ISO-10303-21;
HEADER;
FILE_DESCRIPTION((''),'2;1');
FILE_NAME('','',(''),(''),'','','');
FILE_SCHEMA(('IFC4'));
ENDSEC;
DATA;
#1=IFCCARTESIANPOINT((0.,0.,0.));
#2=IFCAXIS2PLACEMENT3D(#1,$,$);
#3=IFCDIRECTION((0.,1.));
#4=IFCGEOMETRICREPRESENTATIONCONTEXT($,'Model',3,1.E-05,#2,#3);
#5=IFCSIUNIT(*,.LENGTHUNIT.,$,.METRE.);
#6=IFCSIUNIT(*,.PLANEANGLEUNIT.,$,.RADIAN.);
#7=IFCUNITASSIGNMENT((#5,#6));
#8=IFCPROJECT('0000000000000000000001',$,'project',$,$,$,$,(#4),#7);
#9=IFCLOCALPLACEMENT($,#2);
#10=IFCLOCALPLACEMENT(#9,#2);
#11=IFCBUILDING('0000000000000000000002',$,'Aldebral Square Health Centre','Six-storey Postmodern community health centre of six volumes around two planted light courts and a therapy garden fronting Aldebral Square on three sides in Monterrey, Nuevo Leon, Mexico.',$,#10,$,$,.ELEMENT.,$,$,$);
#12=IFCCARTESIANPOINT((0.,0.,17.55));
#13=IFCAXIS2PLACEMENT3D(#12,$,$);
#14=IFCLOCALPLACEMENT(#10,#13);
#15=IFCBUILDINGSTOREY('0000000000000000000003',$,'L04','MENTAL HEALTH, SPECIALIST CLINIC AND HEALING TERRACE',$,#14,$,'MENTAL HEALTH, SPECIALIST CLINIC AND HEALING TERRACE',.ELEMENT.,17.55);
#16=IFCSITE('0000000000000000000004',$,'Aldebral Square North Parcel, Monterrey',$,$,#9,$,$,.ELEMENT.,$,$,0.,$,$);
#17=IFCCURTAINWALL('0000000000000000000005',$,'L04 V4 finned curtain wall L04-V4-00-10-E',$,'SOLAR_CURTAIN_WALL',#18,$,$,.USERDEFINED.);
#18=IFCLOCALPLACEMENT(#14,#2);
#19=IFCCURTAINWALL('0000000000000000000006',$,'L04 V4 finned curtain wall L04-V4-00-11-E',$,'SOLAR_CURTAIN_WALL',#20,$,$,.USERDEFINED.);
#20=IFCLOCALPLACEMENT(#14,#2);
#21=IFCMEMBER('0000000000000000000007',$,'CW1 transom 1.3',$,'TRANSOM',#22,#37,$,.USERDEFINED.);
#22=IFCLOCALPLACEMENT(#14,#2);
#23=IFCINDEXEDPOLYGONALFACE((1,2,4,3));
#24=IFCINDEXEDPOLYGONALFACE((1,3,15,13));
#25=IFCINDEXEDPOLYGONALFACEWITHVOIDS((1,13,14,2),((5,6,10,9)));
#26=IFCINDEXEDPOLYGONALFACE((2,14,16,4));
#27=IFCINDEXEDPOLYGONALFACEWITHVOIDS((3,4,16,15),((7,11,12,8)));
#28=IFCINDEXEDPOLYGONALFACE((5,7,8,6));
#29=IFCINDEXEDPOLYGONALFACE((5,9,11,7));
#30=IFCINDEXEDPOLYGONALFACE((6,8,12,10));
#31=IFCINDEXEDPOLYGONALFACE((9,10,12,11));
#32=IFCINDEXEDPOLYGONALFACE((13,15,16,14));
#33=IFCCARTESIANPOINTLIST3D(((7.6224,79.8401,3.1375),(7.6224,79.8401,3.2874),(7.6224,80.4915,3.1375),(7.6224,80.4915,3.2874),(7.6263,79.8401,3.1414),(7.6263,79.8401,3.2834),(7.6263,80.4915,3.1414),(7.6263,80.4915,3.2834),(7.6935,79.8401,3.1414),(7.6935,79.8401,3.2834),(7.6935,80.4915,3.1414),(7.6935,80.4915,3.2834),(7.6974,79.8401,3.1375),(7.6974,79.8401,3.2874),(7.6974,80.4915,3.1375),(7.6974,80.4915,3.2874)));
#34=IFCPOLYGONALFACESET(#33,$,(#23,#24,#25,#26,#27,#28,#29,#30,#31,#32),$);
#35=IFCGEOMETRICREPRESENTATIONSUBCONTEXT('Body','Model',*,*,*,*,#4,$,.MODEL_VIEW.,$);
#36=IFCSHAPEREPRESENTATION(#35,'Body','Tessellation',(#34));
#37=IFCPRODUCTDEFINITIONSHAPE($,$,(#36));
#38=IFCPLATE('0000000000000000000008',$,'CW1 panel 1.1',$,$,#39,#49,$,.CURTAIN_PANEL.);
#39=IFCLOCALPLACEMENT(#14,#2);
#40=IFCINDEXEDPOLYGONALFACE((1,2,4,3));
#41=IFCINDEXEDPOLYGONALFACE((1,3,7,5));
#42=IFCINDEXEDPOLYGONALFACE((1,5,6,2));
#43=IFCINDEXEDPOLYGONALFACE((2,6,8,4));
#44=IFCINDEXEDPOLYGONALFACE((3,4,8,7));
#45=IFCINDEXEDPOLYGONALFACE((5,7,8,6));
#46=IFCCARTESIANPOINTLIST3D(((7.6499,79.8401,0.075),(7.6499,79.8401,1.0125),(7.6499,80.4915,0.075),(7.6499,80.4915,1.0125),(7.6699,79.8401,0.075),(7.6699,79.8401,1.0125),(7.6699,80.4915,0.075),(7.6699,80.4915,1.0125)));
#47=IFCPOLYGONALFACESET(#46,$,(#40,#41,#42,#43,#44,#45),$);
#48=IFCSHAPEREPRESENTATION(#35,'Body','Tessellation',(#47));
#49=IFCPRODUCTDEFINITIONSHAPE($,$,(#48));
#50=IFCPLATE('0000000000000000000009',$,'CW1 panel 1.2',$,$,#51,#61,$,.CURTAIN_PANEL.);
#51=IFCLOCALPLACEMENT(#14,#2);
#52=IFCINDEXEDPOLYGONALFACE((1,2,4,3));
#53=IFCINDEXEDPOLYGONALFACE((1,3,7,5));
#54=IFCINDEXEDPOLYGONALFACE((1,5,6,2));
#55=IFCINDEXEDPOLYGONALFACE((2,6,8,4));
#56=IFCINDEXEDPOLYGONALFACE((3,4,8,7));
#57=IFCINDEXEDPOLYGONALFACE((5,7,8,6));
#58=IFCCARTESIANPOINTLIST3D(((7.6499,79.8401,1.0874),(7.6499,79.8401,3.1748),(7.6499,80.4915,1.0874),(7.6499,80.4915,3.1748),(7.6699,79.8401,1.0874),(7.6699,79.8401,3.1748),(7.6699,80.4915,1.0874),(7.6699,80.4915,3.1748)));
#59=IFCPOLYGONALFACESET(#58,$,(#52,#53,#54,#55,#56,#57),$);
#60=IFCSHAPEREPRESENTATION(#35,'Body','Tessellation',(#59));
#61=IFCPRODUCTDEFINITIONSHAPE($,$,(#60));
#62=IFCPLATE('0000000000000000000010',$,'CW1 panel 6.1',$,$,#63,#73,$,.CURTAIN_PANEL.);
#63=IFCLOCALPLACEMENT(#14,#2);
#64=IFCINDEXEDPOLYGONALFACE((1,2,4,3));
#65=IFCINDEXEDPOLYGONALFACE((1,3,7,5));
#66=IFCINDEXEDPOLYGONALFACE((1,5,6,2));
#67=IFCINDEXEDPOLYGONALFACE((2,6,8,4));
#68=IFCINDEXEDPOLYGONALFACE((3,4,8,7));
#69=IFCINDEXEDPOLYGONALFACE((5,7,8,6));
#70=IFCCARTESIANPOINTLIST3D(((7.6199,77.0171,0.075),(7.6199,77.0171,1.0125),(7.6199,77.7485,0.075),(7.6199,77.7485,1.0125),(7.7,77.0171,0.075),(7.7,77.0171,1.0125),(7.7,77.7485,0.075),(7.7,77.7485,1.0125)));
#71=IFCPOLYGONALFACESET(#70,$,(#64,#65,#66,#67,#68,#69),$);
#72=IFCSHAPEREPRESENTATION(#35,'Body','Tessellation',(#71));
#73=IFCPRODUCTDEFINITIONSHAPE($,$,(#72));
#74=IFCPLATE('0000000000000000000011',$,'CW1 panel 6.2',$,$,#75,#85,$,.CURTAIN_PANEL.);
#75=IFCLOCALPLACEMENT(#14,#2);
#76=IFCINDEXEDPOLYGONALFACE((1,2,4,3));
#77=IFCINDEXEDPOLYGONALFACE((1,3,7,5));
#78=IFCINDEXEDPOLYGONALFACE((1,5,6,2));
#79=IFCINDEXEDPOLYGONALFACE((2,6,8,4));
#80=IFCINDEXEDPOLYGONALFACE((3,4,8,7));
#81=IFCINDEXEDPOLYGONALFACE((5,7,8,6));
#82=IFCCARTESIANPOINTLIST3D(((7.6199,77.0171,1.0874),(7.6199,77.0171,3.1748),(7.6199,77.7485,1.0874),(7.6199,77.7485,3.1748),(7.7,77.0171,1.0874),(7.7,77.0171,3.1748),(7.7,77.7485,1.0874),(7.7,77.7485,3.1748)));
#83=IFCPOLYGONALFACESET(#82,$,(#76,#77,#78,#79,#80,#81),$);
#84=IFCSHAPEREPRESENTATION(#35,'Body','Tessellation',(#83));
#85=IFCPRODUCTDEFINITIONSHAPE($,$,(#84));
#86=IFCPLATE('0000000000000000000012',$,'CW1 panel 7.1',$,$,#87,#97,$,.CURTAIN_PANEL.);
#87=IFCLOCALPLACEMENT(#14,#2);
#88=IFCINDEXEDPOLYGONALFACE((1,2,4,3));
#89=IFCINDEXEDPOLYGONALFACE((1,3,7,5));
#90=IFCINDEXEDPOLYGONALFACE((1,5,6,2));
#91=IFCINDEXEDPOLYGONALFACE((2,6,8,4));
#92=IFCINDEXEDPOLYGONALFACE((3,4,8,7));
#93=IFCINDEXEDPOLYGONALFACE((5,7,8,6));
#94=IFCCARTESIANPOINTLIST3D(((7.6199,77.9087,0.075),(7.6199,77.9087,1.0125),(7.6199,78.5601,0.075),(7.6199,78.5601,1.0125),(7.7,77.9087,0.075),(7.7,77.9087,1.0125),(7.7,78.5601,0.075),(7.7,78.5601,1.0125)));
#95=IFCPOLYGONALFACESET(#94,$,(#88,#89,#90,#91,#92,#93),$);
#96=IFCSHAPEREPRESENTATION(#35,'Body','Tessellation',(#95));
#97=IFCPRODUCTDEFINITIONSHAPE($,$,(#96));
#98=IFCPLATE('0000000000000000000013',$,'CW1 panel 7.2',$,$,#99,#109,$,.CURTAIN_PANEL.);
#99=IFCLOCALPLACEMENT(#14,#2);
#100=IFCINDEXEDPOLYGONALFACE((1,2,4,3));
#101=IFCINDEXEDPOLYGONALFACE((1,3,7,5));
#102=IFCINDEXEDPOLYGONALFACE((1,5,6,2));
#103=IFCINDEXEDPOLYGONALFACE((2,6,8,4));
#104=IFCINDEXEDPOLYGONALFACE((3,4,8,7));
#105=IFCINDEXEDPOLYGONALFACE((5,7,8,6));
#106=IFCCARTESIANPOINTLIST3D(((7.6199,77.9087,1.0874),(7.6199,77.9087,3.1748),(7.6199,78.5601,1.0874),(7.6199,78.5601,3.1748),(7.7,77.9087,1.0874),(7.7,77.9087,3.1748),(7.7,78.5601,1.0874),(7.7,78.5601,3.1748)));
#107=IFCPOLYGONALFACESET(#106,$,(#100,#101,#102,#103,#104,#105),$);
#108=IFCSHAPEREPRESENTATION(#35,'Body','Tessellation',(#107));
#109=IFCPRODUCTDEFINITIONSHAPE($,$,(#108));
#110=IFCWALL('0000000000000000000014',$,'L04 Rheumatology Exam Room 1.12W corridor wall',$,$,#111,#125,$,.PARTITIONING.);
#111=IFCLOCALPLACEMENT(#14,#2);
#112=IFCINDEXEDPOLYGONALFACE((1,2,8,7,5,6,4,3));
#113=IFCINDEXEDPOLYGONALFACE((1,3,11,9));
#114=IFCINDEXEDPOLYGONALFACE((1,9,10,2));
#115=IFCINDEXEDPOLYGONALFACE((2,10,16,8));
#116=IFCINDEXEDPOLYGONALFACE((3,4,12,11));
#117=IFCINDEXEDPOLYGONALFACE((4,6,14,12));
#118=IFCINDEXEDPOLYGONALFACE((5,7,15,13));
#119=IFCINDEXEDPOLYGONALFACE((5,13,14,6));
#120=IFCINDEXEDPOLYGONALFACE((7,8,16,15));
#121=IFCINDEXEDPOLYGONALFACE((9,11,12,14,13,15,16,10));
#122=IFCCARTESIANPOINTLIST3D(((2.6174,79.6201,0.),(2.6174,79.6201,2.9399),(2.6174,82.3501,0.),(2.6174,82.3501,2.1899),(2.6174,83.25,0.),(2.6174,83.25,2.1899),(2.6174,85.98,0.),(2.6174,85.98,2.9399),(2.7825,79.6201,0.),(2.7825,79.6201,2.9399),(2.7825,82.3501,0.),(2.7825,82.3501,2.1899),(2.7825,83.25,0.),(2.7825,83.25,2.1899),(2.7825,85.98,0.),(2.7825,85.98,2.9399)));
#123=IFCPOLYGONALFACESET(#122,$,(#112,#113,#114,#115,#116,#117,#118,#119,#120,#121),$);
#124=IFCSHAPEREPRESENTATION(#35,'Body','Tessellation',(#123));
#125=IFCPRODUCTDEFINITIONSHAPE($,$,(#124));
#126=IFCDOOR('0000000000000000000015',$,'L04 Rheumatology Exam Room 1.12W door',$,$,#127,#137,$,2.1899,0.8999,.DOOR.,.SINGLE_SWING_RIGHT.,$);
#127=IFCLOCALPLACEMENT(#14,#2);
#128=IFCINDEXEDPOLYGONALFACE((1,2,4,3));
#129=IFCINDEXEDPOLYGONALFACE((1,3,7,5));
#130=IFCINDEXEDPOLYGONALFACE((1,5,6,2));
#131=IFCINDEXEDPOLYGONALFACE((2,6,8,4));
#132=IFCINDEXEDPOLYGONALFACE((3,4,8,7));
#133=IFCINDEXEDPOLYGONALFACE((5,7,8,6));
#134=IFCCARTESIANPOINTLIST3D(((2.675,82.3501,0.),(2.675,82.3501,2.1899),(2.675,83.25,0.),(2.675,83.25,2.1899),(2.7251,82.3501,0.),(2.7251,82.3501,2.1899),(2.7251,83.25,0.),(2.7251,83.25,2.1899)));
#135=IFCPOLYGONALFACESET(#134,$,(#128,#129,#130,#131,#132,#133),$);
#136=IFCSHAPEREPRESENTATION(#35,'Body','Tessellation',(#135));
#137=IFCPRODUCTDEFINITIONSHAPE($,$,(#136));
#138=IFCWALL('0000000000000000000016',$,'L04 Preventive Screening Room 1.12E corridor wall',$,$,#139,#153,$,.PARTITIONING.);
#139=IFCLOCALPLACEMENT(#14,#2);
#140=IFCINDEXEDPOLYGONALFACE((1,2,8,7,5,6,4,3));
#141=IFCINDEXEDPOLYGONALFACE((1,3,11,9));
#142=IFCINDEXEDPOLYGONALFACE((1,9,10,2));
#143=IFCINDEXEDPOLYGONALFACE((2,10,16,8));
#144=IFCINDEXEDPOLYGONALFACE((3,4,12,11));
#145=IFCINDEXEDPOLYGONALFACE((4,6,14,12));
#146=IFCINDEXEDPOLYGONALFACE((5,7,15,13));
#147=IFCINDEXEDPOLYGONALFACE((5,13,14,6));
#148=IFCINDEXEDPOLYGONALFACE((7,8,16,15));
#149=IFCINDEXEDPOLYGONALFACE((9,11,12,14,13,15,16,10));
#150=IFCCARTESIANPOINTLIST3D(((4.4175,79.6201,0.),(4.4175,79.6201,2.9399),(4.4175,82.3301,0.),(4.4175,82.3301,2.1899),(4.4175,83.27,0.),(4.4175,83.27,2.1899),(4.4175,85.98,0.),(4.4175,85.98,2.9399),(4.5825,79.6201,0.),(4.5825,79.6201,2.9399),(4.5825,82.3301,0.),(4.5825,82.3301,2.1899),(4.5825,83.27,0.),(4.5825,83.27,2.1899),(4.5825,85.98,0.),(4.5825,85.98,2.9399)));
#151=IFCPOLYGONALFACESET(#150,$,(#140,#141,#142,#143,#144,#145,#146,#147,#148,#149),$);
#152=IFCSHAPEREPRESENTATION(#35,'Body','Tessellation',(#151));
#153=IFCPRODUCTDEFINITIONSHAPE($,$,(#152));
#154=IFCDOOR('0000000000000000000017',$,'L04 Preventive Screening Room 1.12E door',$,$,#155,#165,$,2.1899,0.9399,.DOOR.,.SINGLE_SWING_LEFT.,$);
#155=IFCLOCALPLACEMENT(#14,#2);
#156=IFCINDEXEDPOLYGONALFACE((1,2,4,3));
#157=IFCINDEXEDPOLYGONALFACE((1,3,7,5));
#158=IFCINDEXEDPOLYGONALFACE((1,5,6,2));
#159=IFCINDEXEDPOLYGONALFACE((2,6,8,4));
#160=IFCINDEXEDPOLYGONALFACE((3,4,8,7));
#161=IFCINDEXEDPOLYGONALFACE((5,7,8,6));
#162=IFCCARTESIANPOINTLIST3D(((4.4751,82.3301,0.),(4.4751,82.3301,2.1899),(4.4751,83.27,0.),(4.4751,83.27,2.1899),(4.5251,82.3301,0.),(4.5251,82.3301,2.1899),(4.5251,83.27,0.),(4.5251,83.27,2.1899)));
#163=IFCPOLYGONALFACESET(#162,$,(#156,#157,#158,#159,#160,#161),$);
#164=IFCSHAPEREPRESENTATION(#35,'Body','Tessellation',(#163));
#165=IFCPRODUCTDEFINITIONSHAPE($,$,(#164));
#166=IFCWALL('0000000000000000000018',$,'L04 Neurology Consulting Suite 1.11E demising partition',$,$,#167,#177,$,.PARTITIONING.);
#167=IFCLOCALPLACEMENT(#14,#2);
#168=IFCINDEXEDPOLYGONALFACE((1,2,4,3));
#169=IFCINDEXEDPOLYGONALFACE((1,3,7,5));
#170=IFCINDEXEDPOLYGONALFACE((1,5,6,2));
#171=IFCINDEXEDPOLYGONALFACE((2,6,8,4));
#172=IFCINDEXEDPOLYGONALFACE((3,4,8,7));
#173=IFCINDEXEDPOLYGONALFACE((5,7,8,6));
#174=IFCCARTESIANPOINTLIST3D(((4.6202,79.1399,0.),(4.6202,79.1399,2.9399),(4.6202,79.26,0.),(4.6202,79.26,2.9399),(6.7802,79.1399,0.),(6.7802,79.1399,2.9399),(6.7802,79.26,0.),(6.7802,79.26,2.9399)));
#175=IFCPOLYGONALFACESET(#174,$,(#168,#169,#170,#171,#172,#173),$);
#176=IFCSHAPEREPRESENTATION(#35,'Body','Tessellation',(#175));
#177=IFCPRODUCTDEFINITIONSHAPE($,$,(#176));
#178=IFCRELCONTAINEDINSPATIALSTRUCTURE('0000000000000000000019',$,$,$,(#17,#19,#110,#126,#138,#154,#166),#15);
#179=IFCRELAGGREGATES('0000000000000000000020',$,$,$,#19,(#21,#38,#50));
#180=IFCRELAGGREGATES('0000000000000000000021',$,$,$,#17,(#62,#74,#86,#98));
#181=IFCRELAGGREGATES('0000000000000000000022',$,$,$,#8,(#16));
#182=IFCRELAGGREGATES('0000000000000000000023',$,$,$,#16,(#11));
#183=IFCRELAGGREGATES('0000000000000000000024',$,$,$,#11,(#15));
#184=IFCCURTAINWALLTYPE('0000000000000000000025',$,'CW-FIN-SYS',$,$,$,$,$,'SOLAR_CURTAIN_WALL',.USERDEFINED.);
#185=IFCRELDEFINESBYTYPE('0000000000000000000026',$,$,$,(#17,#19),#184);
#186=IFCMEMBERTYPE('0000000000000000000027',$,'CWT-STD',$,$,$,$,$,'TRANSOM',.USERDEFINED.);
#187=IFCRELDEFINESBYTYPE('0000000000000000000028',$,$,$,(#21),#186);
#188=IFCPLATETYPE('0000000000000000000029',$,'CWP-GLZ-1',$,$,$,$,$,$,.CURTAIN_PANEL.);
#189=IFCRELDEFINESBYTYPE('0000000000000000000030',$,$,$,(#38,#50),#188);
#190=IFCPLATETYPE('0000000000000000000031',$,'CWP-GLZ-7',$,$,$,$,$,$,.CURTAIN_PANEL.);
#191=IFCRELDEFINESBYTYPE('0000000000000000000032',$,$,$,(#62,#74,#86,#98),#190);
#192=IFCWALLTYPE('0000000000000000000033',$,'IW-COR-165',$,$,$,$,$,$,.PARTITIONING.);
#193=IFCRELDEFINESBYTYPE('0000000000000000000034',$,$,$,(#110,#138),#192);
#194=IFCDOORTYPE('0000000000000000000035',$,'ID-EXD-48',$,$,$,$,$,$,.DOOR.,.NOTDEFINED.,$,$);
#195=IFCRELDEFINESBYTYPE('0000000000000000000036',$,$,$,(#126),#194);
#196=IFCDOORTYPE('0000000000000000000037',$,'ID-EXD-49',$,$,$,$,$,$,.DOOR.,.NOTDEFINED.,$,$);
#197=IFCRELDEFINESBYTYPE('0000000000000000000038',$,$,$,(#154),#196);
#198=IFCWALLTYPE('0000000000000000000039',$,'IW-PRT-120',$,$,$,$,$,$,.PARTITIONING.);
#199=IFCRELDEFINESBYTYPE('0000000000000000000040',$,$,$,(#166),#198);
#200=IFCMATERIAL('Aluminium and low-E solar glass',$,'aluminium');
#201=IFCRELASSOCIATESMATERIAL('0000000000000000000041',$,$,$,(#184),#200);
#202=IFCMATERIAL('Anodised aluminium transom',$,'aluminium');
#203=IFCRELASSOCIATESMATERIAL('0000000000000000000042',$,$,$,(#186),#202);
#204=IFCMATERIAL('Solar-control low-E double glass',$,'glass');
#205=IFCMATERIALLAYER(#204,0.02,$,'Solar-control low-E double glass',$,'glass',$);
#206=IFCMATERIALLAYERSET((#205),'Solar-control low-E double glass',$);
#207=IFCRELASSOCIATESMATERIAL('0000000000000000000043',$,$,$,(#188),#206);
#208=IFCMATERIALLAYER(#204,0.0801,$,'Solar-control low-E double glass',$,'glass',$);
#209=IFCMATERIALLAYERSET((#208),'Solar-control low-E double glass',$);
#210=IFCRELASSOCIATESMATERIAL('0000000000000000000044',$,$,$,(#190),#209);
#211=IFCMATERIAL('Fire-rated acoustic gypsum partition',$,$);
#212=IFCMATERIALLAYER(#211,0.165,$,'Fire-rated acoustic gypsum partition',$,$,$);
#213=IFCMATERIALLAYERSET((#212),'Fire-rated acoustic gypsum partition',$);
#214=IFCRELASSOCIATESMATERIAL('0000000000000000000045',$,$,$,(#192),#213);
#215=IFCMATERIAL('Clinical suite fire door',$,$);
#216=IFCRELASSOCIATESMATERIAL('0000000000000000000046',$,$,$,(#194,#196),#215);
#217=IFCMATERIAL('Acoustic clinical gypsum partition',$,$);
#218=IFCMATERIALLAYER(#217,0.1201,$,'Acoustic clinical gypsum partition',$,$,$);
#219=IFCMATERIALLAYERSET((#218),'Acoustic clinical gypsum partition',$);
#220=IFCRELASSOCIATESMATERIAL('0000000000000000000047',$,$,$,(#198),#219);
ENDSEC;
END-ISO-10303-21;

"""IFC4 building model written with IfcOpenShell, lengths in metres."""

from ifc_helpers import new_model, si_unit, direction, frame, frame_2d, origin, origin_2d, place, context, subcontext, project, spatial, rectangle, hollow_rectangle, extrude, material, layer, layer_set, material_profile, profile_set, type_object, element, fill, aggregate, save


model = new_model("IFC4")

# Units and contexts
model_context = context("Model", 3, precision=1e-05, world=origin(), true_north=direction((0.0, 1.0)))
body_context = subcontext(model_context, "Body", "Model", "MODEL_VIEW")
ifc_project = project(units=[si_unit("LENGTHUNIT", "METRE"), si_unit("PLANEANGLEUNIT", "RADIAN")], contexts=[model_context])

# Site, building, storey
site_placement = place(None, origin())
site = spatial("IfcSite", under=ifc_project, at=site_placement, Name="Aldebral Square North Parcel, Monterrey", CompositionType="ELEMENT", RefElevation=0.0)
building_placement = place(site_placement, origin())
building = spatial("IfcBuilding", under=site, at=building_placement, Name="Aldebral Square Health Centre", Description="Six-storey Postmodern community health centre of six volumes around two planted light courts and a therapy garden fronting Aldebral Square on three sides in Monterrey, Nuevo Leon, Mexico.", CompositionType="ELEMENT")
storey_placement = place(building_placement, frame((0.0, 0.0, 17.55)))
storey = spatial("IfcBuildingStorey", under=building, at=storey_placement, Name="L04", Description="MENTAL HEALTH, SPECIALIST CLINIC AND HEALING TERRACE", LongName="MENTAL HEALTH, SPECIALIST CLINIC AND HEALING TERRACE", CompositionType="ELEMENT", Elevation=17.55)

# Curtain wall
ifc_material_1 = material(Name="Aluminium and low-E solar glass", Category="aluminium")
curtain_wall_type = type_object("IfcCurtainWallType", Name="CW-FIN-SYS", ElementType="SOLAR_CURTAIN_WALL", PredefinedType="USERDEFINED", material=ifc_material_1)
curtain_wall_1_placement = place(storey_placement, origin())
curtain_wall_1 = element("IfcCurtainWall", 1, at=curtain_wall_1_placement, inside=storey, type_object=curtain_wall_type, Name="L04 V4 finned curtain wall L04-V4-00-10-E", ObjectType="SOLAR_CURTAIN_WALL", PredefinedType="USERDEFINED")

# Curtain wall
curtain_wall_2_placement = place(storey_placement, origin())
curtain_wall_2 = element("IfcCurtainWall", 2, at=curtain_wall_2_placement, inside=storey, type_object=curtain_wall_type, Name="L04 V4 finned curtain wall L04-V4-00-11-E", ObjectType="SOLAR_CURTAIN_WALL", PredefinedType="USERDEFINED")

# Member
ifc_material_2 = material(Name="Anodised aluminium transom", Category="aluminium")
ifc_material_profile_1 = material_profile(ifc_material_2, hollow_rectangle(XDim=0.075, YDim=0.1499, WallThickness=0.0039, at=origin_2d()), Name="CWT 75x150x4")
ifc_profile_set_1 = profile_set([ifc_material_profile_1], Name="Anodised aluminium transom")
member_type_1 = type_object("IfcMemberType", Name="CWT-STD", ElementType="TRANSOM", PredefinedType="USERDEFINED", material=ifc_profile_set_1)
member_1_placement = place(storey_placement, frame((7.6599, 79.8401, 3.2124), z_axis=(0.0, 1.0, 0.0), x_axis=(-1.0, 0.0, 0.0)))
member_1 = element("IfcMember", 3, at=member_1_placement, type_object=member_type_1, Name="CW1 transom 1.3", ObjectType="TRANSOM", PredefinedType="USERDEFINED", context=body_context, shape_type="SweptSolid", body=[
    extrude(hollow_rectangle(XDim=0.075, YDim=0.1499, WallThickness=0.0039, at=origin_2d()), origin(), (0.0, 0.0, 1.0), 0.6514),
])

# Plates
ifc_material_3 = material(Name="Solar-control low-E double glass", Category="glass")
ifc_layer_1 = layer(ifc_material_3, 0.02, Name="Solar-control low-E double glass", Category="glass")
ifc_layer_set_1 = layer_set([ifc_layer_1], Name="Solar-control low-E double glass")
plate_type_1 = type_object("IfcPlateType", Name="CWP-GLZ-1", PredefinedType="CURTAIN_PANEL", material=ifc_layer_set_1)
plate_1_placement = place(storey_placement, frame((7.6599, 80.1658, 0.075), z_axis=(0.0, 0.0, 1.0), x_axis=(0.0, 1.0, 0.0)))
plate_1 = element("IfcPlate", 4, at=plate_1_placement, type_object=plate_type_1, Name="CW1 panel 1.1", PredefinedType="CURTAIN_PANEL", context=body_context, shape_type="SweptSolid", body=[
    extrude(rectangle(XDim=0.6514, YDim=0.02, at=origin_2d()), origin(), (0.0, 0.0, 1.0), 0.9375),
])
plate_2_placement = place(storey_placement, frame((7.6599, 80.1658, 1.0874), z_axis=(0.0, 0.0, 1.0), x_axis=(0.0, 1.0, 0.0)))
plate_2 = element("IfcPlate", 5, at=plate_2_placement, type_object=plate_type_1, Name="CW1 panel 1.2", PredefinedType="CURTAIN_PANEL", context=body_context, shape_type="SweptSolid", body=[
    extrude(rectangle(XDim=0.6514, YDim=0.02, at=origin_2d()), origin(), (0.0, 0.0, 1.0), 2.0874),
])
aggregate(curtain_wall_2, [member_1, plate_1, plate_2])
ifc_layer_2 = layer(ifc_material_3, 0.0801, Name="Solar-control low-E double glass", Category="glass")
ifc_layer_set_2 = layer_set([ifc_layer_2], Name="Solar-control low-E double glass")
plate_type_2 = type_object("IfcPlateType", Name="CWP-GLZ-7", PredefinedType="CURTAIN_PANEL", material=ifc_layer_set_2)
plate_3_placement = place(storey_placement, frame((7.6599, 77.3828, 0.075), z_axis=(0.0, 0.0, 1.0), x_axis=(0.0, 1.0, 0.0)))
plate_3 = element("IfcPlate", 6, at=plate_3_placement, type_object=plate_type_2, Name="CW1 panel 6.1", PredefinedType="CURTAIN_PANEL", context=body_context, shape_type="SweptSolid", body=[
    extrude(rectangle(XDim=0.7314, YDim=0.0801, at=origin_2d()), origin(), (0.0, 0.0, 1.0), 0.9375),
])
plate_4_placement = place(storey_placement, frame((7.6599, 77.3828, 1.0874), z_axis=(0.0, 0.0, 1.0), x_axis=(0.0, 1.0, 0.0)))
plate_4 = element("IfcPlate", 7, at=plate_4_placement, type_object=plate_type_2, Name="CW1 panel 6.2", PredefinedType="CURTAIN_PANEL", context=body_context, shape_type="SweptSolid", body=[
    extrude(rectangle(XDim=0.7314, YDim=0.0801, at=origin_2d()), origin(), (0.0, 0.0, 1.0), 2.0874),
])
plate_5_placement = place(storey_placement, frame((7.6599, 78.2344, 0.075), z_axis=(0.0, 0.0, 1.0), x_axis=(0.0, 1.0, 0.0)))
plate_5 = element("IfcPlate", 8, at=plate_5_placement, type_object=plate_type_2, Name="CW1 panel 7.1", PredefinedType="CURTAIN_PANEL", context=body_context, shape_type="SweptSolid", body=[
    extrude(rectangle(XDim=0.6514, YDim=0.0801, at=origin_2d()), origin(), (0.0, 0.0, 1.0), 0.9375),
])
plate_6_placement = place(storey_placement, frame((7.6599, 78.2344, 1.0874), z_axis=(0.0, 0.0, 1.0), x_axis=(0.0, 1.0, 0.0)))
plate_6 = element("IfcPlate", 9, at=plate_6_placement, type_object=plate_type_2, Name="CW1 panel 7.2", PredefinedType="CURTAIN_PANEL", context=body_context, shape_type="SweptSolid", body=[
    extrude(rectangle(XDim=0.6514, YDim=0.0801, at=origin_2d()), origin(), (0.0, 0.0, 1.0), 2.0874),
])
aggregate(curtain_wall_1, [plate_3, plate_4, plate_5, plate_6])

# Walls, openings, doors
ifc_material_4 = material(Name="Fire-rated acoustic gypsum partition")
ifc_layer_3 = layer(ifc_material_4, 0.165, Name="Fire-rated acoustic gypsum partition")
ifc_layer_set_3 = layer_set([ifc_layer_3], Name="Fire-rated acoustic gypsum partition")
wall_type_1 = type_object("IfcWallType", Name="IW-COR-165", PredefinedType="PARTITIONING", material=ifc_layer_set_3)
wall_1_placement = place(storey_placement, frame((2.7, 79.6201, 0.0), z_axis=(0.0, 0.0, 1.0), x_axis=(0.0, 1.0, 0.0)))
wall_1 = element("IfcWall", 10, at=wall_1_placement, inside=storey, type_object=wall_type_1, Name="L04 Rheumatology Exam Room 1.12W corridor wall", PredefinedType="PARTITIONING", context=body_context, shape_type="SweptSolid", body=[
    extrude(rectangle(XDim=6.3599, YDim=0.165, at=frame_2d((3.1799, 0.0))), origin(), (0.0, 0.0, 1.0), 2.9399),
])
opening_1_placement = place(wall_1_placement, frame((2.73, 0.0, 0.0)))
opening_1 = element("IfcOpeningElement", 11, at=opening_1_placement, cuts=wall_1, PredefinedType="OPENING", context=body_context, shape_type="SweptSolid", body=[
    extrude(rectangle(XDim=0.8999, YDim=2.1899, at=frame_2d((0.45, 1.095))), frame((0.0, 0.0925, 0.0), z_axis=(0.0, -1.0, 0.0), x_axis=(1.0, 0.0, 0.0)), (0.0, 0.0, 1.0), 0.1851),
])
ifc_material_5 = material(Name="Clinical suite fire door")
door_type_1 = type_object("IfcDoorType", Name="ID-EXD-48", OperationType="NOTDEFINED", PredefinedType="DOOR", material=ifc_material_5)
door_1_placement = place(opening_1_placement, origin())
door_1 = element("IfcDoor", 12, at=door_1_placement, inside=storey, type_object=door_type_1, Name="L04 Rheumatology Exam Room 1.12W door", OperationType="SINGLE_SWING_RIGHT", OverallHeight=2.1899, OverallWidth=0.8999, PredefinedType="DOOR", context=body_context, shape_type="SweptSolid", body=[
    extrude(rectangle(XDim=0.8999, YDim=2.1899, at=frame_2d((0.45, 1.095))), frame((0.0, 0.0249, 0.0), z_axis=(0.0, -1.0, 0.0), x_axis=(1.0, 0.0, 0.0)), (0.0, 0.0, 1.0), 0.05),
])
fill(opening_1, door_1)
wall_2_placement = place(storey_placement, frame((4.5, 79.6201, 0.0), z_axis=(0.0, 0.0, 1.0), x_axis=(0.0, 1.0, 0.0)))
wall_2 = element("IfcWall", 13, at=wall_2_placement, inside=storey, type_object=wall_type_1, Name="L04 Preventive Screening Room 1.12E corridor wall", PredefinedType="PARTITIONING", context=body_context, shape_type="SweptSolid", body=[
    extrude(rectangle(XDim=6.3599, YDim=0.165, at=frame_2d((3.1799, 0.0))), origin(), (0.0, 0.0, 1.0), 2.9399),
])
opening_2_placement = place(wall_2_placement, frame((2.71, 0.0, 0.0)))
opening_2 = element("IfcOpeningElement", 14, at=opening_2_placement, cuts=wall_2, PredefinedType="OPENING", context=body_context, shape_type="SweptSolid", body=[
    extrude(rectangle(XDim=0.9399, YDim=2.1899, at=frame_2d((0.47, 1.095))), frame((0.0, 0.0925, 0.0), z_axis=(0.0, -1.0, 0.0), x_axis=(1.0, 0.0, 0.0)), (0.0, 0.0, 1.0), 0.1851),
])
door_type_2 = type_object("IfcDoorType", Name="ID-EXD-49", OperationType="NOTDEFINED", PredefinedType="DOOR", material=ifc_material_5)
door_2_placement = place(opening_2_placement, origin())
door_2 = element("IfcDoor", 15, at=door_2_placement, inside=storey, type_object=door_type_2, Name="L04 Preventive Screening Room 1.12E door", OperationType="SINGLE_SWING_LEFT", OverallHeight=2.1899, OverallWidth=0.9399, PredefinedType="DOOR", context=body_context, shape_type="SweptSolid", body=[
    extrude(rectangle(XDim=0.9399, YDim=2.1899, at=frame_2d((0.47, 1.095))), frame((0.0, 0.0249, 0.0), z_axis=(0.0, -1.0, 0.0), x_axis=(1.0, 0.0, 0.0)), (0.0, 0.0, 1.0), 0.05),
])
fill(opening_2, door_2)

# Wall
ifc_material_6 = material(Name="Acoustic clinical gypsum partition")
ifc_layer_4 = layer(ifc_material_6, 0.1201, Name="Acoustic clinical gypsum partition")
ifc_layer_set_4 = layer_set([ifc_layer_4], Name="Acoustic clinical gypsum partition")
wall_type_2 = type_object("IfcWallType", Name="IW-PRT-120", PredefinedType="PARTITIONING", material=ifc_layer_set_4)
wall_3_placement = place(storey_placement, frame((4.6201, 79.2, 0.0), z_axis=(0.0, 0.0, 1.0), x_axis=(1.0, 0.0, 0.0)))
element("IfcWall", 16, at=wall_3_placement, inside=storey, type_object=wall_type_2, Name="L04 Neurology Consulting Suite 1.11E demising partition", PredefinedType="PARTITIONING", context=body_context, shape_type="SweptSolid", body=[
    extrude(rectangle(XDim=2.1599, YDim=0.1201, at=frame_2d((1.0801, 0.0))), origin(), (0.0, 0.0, 1.0), 2.9399),
])

save(model, "model.ifc")
